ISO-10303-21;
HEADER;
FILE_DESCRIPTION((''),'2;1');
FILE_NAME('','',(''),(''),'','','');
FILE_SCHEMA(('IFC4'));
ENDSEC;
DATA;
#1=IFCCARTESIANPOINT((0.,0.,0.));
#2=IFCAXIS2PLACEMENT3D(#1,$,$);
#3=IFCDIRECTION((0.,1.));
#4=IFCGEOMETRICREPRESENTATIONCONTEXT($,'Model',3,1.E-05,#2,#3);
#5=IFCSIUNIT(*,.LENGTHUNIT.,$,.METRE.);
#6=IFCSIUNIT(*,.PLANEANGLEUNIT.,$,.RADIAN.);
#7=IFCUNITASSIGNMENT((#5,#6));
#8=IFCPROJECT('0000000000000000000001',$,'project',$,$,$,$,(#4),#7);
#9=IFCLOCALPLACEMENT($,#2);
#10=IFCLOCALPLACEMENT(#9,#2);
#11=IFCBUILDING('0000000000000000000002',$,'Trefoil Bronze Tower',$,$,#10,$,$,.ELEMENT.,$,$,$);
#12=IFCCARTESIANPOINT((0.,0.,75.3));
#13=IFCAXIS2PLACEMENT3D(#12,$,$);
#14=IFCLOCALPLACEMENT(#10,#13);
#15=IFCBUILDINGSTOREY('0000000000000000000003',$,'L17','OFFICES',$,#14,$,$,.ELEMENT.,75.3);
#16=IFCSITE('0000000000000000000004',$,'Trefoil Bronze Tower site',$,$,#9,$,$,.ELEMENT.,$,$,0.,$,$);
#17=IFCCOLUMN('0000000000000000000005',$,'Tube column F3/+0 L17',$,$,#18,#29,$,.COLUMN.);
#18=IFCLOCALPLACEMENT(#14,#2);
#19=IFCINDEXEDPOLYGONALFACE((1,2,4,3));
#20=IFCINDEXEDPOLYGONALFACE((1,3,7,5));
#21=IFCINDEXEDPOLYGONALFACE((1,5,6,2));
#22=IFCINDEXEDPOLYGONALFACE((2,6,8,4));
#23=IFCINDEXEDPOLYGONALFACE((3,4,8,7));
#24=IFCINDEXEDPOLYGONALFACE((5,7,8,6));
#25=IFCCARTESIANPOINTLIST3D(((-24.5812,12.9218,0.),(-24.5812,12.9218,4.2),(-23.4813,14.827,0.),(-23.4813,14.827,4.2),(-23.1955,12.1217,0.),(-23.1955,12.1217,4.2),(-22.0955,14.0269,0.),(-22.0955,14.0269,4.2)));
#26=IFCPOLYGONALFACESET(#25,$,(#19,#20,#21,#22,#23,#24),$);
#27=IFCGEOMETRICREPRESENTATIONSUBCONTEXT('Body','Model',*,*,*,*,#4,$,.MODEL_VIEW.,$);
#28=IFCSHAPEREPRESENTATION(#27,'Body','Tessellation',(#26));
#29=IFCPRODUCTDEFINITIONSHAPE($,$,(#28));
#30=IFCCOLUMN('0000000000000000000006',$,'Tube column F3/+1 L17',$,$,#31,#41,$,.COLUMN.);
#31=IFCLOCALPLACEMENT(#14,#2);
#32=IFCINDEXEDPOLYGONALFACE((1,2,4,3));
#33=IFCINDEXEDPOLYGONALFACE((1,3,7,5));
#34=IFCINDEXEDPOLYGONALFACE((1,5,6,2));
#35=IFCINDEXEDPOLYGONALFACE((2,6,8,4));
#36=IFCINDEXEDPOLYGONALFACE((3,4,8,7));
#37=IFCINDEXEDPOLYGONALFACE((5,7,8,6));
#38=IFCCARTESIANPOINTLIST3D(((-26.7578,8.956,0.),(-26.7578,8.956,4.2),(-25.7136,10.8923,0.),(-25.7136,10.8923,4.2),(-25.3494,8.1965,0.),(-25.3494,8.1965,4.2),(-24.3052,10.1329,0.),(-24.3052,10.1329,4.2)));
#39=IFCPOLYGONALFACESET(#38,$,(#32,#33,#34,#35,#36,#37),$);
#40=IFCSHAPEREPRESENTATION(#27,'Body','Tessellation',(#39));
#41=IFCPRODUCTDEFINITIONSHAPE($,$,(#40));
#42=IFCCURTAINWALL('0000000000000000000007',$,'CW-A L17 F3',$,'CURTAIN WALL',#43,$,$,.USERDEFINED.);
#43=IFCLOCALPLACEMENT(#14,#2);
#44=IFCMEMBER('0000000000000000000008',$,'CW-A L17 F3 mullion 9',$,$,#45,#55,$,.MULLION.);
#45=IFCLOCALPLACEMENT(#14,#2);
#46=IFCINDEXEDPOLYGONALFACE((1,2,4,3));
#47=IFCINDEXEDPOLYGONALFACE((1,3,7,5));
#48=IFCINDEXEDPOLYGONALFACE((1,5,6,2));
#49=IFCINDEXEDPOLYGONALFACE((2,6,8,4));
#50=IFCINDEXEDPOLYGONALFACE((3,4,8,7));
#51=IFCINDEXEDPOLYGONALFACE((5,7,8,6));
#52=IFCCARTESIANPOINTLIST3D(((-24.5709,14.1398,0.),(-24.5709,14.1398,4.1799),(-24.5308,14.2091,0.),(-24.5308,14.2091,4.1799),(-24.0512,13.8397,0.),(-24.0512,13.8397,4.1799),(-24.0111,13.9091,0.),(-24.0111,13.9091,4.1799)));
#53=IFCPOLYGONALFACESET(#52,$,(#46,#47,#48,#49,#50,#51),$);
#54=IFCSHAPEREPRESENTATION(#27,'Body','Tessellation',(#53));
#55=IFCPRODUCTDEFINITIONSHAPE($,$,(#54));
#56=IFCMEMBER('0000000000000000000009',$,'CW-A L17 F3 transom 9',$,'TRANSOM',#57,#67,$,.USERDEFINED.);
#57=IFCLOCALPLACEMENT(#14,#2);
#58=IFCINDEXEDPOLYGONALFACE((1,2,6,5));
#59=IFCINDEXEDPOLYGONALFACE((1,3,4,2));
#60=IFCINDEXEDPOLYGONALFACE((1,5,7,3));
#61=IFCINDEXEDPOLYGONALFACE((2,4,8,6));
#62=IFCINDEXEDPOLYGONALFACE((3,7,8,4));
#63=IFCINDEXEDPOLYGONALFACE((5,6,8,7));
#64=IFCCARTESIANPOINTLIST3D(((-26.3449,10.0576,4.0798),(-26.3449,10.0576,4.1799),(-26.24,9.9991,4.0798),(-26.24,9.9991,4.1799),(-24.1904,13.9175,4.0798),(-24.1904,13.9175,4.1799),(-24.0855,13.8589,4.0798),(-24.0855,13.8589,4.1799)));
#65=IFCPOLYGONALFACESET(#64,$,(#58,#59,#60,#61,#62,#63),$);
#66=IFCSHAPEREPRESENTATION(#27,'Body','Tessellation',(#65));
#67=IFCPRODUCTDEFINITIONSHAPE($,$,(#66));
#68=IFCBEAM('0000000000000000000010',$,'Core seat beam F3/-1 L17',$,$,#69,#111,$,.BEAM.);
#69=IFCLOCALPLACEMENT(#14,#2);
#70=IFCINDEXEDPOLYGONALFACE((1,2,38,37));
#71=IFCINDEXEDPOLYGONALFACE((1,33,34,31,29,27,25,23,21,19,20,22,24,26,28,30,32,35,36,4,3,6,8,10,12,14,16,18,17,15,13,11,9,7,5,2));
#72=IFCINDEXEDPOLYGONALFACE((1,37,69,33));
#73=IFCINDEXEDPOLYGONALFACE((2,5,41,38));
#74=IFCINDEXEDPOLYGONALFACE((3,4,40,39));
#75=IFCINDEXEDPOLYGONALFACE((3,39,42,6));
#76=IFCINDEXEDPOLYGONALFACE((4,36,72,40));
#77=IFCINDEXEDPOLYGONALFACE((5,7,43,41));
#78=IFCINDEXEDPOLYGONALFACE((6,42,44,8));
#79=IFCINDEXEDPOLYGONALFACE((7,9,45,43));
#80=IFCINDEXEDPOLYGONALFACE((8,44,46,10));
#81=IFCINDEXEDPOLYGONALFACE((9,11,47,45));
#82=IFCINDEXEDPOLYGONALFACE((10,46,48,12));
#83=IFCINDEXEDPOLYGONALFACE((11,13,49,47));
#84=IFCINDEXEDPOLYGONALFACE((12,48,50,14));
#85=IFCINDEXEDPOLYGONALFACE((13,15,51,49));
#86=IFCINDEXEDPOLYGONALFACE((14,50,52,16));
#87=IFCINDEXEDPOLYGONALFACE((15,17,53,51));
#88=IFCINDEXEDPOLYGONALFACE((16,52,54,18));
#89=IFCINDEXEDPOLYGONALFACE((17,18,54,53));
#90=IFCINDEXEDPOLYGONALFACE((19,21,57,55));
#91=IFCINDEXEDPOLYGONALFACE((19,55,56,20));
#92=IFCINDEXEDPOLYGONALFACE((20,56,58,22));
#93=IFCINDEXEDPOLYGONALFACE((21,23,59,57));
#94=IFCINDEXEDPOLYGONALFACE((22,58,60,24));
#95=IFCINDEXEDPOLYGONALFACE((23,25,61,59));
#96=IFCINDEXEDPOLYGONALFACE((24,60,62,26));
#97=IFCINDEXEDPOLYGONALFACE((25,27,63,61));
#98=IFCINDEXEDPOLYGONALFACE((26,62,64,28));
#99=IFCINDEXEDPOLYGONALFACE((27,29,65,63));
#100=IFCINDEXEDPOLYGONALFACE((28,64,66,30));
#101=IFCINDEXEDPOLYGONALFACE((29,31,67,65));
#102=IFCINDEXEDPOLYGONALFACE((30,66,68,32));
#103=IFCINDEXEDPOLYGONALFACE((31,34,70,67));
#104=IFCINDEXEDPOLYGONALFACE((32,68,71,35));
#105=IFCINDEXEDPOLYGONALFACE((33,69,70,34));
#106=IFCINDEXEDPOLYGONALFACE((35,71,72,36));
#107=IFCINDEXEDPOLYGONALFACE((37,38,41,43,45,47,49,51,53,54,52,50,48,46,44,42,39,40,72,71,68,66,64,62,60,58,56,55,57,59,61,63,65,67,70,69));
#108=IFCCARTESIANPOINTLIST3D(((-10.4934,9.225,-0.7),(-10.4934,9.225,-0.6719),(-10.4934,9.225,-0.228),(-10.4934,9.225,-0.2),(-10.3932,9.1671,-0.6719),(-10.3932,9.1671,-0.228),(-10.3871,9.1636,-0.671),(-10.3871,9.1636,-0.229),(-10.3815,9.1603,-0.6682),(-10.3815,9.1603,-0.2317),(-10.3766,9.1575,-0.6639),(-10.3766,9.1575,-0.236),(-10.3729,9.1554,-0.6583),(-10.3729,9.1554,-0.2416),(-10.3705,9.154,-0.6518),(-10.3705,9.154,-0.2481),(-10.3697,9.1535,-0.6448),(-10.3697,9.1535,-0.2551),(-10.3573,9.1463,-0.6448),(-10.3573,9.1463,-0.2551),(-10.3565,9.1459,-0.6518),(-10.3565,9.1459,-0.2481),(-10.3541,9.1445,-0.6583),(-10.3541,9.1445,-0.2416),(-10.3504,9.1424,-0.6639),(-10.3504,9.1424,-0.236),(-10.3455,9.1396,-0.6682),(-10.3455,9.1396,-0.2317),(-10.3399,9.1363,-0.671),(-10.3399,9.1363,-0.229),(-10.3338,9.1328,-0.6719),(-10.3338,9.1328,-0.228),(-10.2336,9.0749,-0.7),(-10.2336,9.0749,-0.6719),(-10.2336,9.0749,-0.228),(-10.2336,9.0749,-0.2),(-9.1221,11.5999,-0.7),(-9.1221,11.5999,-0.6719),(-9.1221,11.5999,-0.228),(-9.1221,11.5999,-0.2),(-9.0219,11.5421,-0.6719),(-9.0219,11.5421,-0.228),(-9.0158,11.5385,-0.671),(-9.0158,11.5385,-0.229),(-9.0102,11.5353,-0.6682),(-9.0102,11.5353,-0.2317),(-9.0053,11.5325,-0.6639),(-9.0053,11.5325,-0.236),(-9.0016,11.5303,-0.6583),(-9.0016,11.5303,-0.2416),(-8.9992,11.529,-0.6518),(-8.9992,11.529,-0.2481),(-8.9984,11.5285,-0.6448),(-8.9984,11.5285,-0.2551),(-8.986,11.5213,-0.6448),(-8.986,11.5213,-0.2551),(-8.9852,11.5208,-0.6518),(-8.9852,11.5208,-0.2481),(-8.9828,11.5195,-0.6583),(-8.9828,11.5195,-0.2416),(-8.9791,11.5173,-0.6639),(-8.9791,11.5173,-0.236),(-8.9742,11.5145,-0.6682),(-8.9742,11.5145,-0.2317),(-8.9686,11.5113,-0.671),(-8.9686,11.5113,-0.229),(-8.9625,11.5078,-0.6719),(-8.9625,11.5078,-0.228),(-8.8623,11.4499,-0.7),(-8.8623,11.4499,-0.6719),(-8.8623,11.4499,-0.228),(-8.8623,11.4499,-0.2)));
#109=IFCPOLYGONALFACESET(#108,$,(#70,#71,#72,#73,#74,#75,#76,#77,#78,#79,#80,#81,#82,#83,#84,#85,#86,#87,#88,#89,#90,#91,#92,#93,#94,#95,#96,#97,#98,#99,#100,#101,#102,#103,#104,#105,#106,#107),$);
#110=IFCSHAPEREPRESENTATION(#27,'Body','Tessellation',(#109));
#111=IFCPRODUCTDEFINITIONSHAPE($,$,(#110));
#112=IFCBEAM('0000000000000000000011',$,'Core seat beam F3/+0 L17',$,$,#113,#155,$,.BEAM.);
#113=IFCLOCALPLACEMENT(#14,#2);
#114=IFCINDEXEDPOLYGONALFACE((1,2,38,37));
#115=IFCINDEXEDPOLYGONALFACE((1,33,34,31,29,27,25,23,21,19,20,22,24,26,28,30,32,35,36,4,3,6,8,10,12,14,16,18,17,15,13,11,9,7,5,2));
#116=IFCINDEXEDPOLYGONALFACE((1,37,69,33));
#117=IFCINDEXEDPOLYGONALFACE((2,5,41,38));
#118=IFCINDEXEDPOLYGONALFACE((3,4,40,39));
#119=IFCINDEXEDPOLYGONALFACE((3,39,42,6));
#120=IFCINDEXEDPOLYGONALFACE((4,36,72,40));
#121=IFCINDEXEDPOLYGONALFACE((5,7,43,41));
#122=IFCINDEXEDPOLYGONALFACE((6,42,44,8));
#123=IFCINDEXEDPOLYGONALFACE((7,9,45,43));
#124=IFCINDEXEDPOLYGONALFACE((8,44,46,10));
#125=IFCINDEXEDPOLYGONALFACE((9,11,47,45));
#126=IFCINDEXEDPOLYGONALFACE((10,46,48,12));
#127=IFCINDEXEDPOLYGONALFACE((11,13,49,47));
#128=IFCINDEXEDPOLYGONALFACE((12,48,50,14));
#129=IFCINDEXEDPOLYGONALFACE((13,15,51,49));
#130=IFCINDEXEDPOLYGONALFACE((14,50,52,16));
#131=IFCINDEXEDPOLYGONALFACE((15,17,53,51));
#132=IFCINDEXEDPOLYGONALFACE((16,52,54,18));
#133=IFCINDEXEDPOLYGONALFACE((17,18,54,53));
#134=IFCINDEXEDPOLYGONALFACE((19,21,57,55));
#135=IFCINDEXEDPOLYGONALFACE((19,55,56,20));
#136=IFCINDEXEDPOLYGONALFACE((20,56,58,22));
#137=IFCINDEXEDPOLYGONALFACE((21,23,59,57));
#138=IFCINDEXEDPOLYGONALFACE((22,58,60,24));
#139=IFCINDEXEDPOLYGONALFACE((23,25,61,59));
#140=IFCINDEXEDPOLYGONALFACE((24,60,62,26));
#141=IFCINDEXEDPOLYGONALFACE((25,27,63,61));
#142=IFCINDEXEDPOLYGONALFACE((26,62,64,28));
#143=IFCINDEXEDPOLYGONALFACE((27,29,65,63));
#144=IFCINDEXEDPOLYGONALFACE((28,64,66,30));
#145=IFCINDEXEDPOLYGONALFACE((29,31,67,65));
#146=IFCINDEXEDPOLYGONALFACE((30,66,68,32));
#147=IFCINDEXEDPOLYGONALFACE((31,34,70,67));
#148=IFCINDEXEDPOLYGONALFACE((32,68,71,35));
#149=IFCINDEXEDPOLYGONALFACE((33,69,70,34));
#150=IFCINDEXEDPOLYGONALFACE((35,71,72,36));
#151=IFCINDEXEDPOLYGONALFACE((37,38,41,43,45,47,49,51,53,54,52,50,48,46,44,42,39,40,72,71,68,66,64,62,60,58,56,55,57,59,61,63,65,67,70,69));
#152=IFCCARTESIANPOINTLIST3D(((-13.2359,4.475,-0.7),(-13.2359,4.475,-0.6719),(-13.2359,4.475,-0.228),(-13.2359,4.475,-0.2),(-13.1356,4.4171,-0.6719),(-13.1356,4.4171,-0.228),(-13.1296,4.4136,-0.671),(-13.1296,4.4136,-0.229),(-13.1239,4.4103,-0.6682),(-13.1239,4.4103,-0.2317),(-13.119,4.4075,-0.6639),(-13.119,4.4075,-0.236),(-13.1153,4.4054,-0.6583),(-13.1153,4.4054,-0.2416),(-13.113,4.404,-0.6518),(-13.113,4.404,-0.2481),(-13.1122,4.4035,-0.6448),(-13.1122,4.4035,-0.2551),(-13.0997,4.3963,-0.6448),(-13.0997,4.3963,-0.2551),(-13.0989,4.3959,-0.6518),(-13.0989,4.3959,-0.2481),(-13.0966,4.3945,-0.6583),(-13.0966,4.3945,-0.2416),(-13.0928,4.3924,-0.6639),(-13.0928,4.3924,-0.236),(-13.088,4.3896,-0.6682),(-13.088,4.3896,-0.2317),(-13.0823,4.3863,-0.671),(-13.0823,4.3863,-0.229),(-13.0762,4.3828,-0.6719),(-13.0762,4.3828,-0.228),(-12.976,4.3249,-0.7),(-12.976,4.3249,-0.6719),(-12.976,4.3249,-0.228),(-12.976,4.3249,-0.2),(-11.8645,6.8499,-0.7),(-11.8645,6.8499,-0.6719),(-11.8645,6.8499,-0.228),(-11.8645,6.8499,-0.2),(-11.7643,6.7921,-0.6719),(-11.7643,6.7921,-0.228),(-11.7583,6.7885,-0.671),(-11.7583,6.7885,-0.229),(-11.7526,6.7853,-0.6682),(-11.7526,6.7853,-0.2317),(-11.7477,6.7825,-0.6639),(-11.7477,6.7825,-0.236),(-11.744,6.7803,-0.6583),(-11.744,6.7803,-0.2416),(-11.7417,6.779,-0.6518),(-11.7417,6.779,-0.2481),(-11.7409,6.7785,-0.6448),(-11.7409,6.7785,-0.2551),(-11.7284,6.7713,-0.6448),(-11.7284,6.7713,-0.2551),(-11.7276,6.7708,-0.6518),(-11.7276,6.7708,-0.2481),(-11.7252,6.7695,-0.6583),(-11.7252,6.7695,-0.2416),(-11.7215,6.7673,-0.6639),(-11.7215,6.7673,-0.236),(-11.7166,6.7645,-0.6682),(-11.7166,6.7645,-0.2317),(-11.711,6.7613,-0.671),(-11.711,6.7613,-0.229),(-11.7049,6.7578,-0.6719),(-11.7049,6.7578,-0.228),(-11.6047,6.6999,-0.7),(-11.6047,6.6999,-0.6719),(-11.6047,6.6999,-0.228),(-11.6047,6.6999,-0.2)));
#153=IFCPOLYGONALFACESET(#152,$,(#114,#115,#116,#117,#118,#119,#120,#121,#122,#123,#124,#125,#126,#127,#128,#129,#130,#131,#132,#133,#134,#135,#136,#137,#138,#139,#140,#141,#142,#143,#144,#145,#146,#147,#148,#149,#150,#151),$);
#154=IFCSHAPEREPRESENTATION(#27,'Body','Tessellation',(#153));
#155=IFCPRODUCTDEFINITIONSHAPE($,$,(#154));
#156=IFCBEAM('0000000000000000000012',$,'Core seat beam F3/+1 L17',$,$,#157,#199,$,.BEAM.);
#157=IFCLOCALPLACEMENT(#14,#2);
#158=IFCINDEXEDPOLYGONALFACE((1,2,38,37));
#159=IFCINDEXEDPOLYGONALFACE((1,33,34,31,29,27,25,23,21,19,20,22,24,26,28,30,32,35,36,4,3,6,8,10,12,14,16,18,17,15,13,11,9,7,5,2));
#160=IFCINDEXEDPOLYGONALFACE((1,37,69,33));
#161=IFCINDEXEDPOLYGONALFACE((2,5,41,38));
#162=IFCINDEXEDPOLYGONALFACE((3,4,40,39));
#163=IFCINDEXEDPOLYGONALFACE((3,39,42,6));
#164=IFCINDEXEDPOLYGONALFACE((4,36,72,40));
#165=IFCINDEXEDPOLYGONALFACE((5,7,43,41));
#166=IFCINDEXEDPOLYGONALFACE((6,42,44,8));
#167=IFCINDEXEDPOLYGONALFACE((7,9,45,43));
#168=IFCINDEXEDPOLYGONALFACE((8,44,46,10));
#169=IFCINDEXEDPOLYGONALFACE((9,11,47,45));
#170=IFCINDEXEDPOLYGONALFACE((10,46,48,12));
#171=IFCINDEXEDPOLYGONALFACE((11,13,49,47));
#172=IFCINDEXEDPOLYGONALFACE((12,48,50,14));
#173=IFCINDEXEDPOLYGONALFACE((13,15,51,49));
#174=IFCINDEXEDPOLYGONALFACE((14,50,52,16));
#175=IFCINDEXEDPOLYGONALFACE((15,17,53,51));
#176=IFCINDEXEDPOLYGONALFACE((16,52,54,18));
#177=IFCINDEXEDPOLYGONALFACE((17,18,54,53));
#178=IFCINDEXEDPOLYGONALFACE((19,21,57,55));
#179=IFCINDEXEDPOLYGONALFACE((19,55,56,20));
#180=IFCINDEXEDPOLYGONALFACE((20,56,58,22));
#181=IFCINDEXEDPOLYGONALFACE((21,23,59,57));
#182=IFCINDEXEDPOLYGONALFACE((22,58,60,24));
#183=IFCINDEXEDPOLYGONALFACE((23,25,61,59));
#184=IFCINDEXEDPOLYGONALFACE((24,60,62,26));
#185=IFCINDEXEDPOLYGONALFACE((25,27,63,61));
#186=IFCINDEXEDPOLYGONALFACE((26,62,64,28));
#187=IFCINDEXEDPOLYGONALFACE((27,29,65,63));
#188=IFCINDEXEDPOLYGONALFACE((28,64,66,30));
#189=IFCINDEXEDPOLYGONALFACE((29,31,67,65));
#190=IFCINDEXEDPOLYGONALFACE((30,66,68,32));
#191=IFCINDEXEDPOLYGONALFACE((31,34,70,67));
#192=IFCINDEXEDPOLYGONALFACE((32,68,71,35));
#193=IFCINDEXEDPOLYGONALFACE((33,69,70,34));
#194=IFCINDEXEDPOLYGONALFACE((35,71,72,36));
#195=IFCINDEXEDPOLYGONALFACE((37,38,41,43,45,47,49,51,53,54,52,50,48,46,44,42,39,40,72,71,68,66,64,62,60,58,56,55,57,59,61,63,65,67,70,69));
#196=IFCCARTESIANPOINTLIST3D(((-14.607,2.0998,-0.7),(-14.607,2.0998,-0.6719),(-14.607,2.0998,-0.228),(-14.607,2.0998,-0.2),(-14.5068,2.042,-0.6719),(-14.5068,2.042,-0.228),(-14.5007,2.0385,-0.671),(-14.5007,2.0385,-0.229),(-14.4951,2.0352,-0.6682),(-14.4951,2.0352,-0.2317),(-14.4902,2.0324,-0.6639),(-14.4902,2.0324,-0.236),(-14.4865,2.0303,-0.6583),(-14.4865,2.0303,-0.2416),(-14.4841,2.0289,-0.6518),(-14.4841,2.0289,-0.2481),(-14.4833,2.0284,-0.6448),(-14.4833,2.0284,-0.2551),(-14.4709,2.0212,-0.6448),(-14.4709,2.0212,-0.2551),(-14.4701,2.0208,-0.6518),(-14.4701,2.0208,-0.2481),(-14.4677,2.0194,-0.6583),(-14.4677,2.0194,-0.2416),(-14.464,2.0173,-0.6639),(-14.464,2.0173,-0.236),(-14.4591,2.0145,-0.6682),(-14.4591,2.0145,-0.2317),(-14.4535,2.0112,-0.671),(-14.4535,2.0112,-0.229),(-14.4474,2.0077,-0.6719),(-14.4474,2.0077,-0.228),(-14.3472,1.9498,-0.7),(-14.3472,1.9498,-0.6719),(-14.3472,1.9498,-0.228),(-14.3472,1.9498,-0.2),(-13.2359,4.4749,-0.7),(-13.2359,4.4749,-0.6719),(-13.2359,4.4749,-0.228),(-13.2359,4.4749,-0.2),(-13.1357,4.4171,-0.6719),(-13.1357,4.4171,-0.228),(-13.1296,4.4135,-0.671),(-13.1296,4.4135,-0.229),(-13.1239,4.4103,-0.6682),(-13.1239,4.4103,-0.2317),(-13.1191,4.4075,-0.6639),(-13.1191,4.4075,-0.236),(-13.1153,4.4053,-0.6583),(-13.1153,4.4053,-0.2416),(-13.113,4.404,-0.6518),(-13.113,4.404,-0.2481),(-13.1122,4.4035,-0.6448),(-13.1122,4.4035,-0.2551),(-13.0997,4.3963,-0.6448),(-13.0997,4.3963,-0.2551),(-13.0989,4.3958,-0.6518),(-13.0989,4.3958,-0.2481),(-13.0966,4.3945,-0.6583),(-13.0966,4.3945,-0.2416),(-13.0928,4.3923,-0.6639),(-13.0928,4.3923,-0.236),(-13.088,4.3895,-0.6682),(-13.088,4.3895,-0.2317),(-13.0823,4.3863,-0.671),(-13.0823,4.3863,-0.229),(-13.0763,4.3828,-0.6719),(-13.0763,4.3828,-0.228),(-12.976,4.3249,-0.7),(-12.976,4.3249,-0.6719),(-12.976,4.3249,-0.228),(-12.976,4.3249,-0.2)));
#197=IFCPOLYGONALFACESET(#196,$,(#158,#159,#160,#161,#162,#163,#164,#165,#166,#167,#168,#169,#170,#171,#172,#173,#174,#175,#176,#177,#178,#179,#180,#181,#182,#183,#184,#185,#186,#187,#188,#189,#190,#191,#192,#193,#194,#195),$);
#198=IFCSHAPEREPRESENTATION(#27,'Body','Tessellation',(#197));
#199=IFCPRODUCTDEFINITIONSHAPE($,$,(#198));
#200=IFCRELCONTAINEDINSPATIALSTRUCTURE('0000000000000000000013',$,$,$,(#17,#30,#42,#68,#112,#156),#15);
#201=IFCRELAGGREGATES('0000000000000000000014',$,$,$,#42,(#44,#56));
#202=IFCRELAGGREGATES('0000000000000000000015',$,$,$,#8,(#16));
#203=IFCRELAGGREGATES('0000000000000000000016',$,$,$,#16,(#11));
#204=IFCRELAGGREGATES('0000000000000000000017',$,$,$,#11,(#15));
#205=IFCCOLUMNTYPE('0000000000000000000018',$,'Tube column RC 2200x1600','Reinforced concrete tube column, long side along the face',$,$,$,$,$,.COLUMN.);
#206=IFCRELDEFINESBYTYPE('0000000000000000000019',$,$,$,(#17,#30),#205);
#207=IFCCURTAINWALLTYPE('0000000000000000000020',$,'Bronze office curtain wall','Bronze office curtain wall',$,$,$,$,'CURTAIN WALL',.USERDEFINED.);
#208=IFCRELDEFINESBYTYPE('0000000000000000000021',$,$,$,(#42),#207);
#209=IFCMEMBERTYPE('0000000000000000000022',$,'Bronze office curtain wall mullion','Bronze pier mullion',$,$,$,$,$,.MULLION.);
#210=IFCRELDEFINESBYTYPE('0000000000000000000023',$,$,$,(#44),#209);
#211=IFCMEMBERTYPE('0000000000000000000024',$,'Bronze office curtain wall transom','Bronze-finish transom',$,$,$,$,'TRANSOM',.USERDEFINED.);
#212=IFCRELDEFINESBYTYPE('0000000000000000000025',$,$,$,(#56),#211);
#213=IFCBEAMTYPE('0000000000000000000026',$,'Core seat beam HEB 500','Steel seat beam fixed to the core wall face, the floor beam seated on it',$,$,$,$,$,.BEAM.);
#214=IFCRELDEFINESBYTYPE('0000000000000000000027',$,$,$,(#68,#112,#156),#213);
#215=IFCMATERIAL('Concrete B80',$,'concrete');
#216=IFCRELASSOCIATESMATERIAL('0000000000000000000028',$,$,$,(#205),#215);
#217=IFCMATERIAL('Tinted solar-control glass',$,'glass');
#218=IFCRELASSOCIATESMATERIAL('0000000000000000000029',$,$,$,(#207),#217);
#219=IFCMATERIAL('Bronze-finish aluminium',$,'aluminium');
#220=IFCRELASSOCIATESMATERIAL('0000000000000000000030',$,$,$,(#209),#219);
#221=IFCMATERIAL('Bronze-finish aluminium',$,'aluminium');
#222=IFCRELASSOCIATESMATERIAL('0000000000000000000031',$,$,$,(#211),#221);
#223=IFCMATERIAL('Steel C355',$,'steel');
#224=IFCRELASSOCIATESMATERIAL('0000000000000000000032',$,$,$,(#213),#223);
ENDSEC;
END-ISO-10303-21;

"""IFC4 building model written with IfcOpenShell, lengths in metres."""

from ifc_helpers import new_model, si_unit, direction, frame, origin, origin_2d, place, context, subcontext, project, spatial, rectangle, i_section, extrude, material, material_profile, profile_set, type_object, element, aggregate, save


model = new_model("IFC4")

# Units and contexts
model_context = context("Model", 3, precision=1e-05, world=origin(), true_north=direction((0.0, 1.0)))
body_context = subcontext(model_context, "Body", "Model", "MODEL_VIEW")
ifc_project = project(units=[si_unit("LENGTHUNIT", "METRE"), si_unit("PLANEANGLEUNIT", "RADIAN")], contexts=[model_context])

# Site, building, storey
site_placement = place(None, origin())
site = spatial("IfcSite", under=ifc_project, at=site_placement, Name="Trefoil Bronze Tower site", CompositionType="ELEMENT", RefElevation=0.0)
building_placement = place(site_placement, origin())
building = spatial("IfcBuilding", under=site, at=building_placement, Name="Trefoil Bronze Tower", CompositionType="ELEMENT")
storey_placement = place(building_placement, frame((0.0, 0.0, 75.3)))
storey = spatial("IfcBuildingStorey", under=building, at=storey_placement, Name="L17", Description="OFFICES", CompositionType="ELEMENT", Elevation=75.3)

# Columns
ifc_material_1 = material(Name="Concrete B80", Category="concrete")
ifc_material_profile_1 = material_profile(ifc_material_1, rectangle(XDim=2.2, YDim=1.6001, at=origin_2d()), Name="RC 2200x1600")
ifc_profile_set_1 = profile_set([ifc_material_profile_1], Name="Concrete B80")
column_type = type_object("IfcColumnType", Name="Tube column RC 2200x1600", Description="Reinforced concrete tube column, long side along the face", PredefinedType="COLUMN", material=ifc_profile_set_1)
for number, where, z_axis, x_axis, name in (
    (1, (-23.3384, 13.4744, 0.0), (0.0, 0.0, 1.0), (-0.5, -0.866025, 0.0), "Tube column F3/+0 L17"),
    (2, (-25.5315, 9.5444, 0.0), (0.0, 0.0, 1.0), (-0.474656, -0.880171, 0.0), "Tube column F3/+1 L17"),
):
    element("IfcColumn", number, at=place(storey_placement, frame(where, z_axis=z_axis, x_axis=x_axis)), inside=storey, type_object=column_type, Name=name, PredefinedType="COLUMN", context=body_context, shape_type="SweptSolid", body=[
        extrude(rectangle(XDim=2.2, YDim=1.6001, at=origin_2d()), origin(), (0.0, 0.0, 1.0), 4.2),
    ])

# Curtain wall, members
ifc_material_2 = material(Name="Tinted solar-control glass", Category="glass")
curtain_wall_type = type_object("IfcCurtainWallType", Name="Bronze office curtain wall", Description="Bronze office curtain wall", ElementType="CURTAIN WALL", PredefinedType="USERDEFINED", material=ifc_material_2)
curtain_wall_placement = place(storey_placement, origin())
curtain_wall = element("IfcCurtainWall", 3, at=curtain_wall_placement, inside=storey, type_object=curtain_wall_type, Name="CW-A L17 F3", ObjectType="CURTAIN WALL", PredefinedType="USERDEFINED")
ifc_material_3 = material(Name="Bronze-finish aluminium", Category="aluminium")
ifc_material_profile_2 = material_profile(ifc_material_3, rectangle(XDim=0.6001, YDim=0.0801, at=origin_2d()), Name="CW-A mullion")
ifc_profile_set_2 = profile_set([ifc_material_profile_2], Name="Bronze-finish aluminium")
member_type_1 = type_object("IfcMemberType", Name="Bronze office curtain wall mullion", Description="Bronze pier mullion", PredefinedType="MULLION", material=ifc_profile_set_2)
member_1_placement = place(storey_placement, frame((-24.291, 14.0244, 0.0), z_axis=(0.0, 0.0, 1.0), x_axis=(0.866025, -0.5, 0.0)))
member_1 = element("IfcMember", 4, at=member_1_placement, type_object=member_type_1, Name="CW-A L17 F3 mullion 9", PredefinedType="MULLION", context=body_context, shape_type="SweptSolid", body=[
    extrude(rectangle(XDim=0.6001, YDim=0.0801, at=origin_2d()), origin(), (0.0, 0.0, 1.0), 4.1799),
])
ifc_material_4 = material(Name="Bronze-finish aluminium", Category="aluminium")
ifc_material_profile_3 = material_profile(ifc_material_4, rectangle(XDim=0.1201, YDim=0.1001, at=origin_2d()), Name="CW-A transom")
ifc_profile_set_3 = profile_set([ifc_material_profile_3], Name="Bronze-finish aluminium")
member_type_2 = type_object("IfcMemberType", Name="Bronze office curtain wall transom", Description="Bronze-finish transom", ElementType="TRANSOM", PredefinedType="USERDEFINED", material=ifc_profile_set_3)
member_2_placement = place(storey_placement, frame((-24.1379, 13.8882, 4.1299), z_axis=(-0.4874, -0.873179, 0.0), x_axis=(0.873179, -0.4874, 0.0)))
member_2 = element("IfcMember", 5, at=member_2_placement, type_object=member_type_2, Name="CW-A L17 F3 transom 9", ObjectType="TRANSOM", PredefinedType="USERDEFINED", context=body_context, shape_type="SweptSolid", body=[
    extrude(rectangle(XDim=0.1201, YDim=0.1001, at=origin_2d()), origin(), (0.0, 0.0, 1.0), 4.4204),
])

# Beams
ifc_material_5 = material(Name="Steel C355", Category="steel")
ifc_material_profile_4 = material_profile(ifc_material_5, i_section(OverallWidth=0.3, OverallDepth=0.5, WebThickness=0.0144, FlangeThickness=0.0281, FilletRadius=0.0271, at=origin_2d()), Name="HEB 500")
ifc_profile_set_4 = profile_set([ifc_material_profile_4], Name="Steel C355")
beam_type_1 = type_object("IfcBeamType", Name="Core seat beam HEB 500", Description="Steel seat beam fixed to the core wall face, the floor beam seated on it", PredefinedType="BEAM", material=ifc_profile_set_4)
for number, where, z_axis, x_axis, name in (
    (6, (-8.9922, 11.5249, -0.45), (-0.500036, -0.866005, 0.0), (0.866005, -0.500036, 0.0), "Core seat beam F3/-1 L17"),
    (7, (-11.7346, 6.7749, -0.45), (-0.500036, -0.866005, 0.0), (0.866005, -0.500036, 0.0), "Core seat beam F3/+0 L17"),
    (8, (-13.106, 4.3999, -0.45), (-0.499969, -0.866043, 0.0), (0.866043, -0.499969, 0.0), "Core seat beam F3/+1 L17"),
):
    element("IfcBeam", number, at=place(storey_placement, frame(where, z_axis=z_axis, x_axis=x_axis)), inside=storey, type_object=beam_type_1, Name=name, PredefinedType="BEAM", context=body_context, shape_type="SweptSolid", body=[
        extrude(i_section(OverallWidth=0.3, OverallDepth=0.5, WebThickness=0.0144, FlangeThickness=0.0281, FilletRadius=0.0271, at=origin_2d()), origin(), (0.0, 0.0, 1.0), 2.7424),
    ])

aggregate(curtain_wall, [member_1, member_2])

save(model, "model.ifc")
